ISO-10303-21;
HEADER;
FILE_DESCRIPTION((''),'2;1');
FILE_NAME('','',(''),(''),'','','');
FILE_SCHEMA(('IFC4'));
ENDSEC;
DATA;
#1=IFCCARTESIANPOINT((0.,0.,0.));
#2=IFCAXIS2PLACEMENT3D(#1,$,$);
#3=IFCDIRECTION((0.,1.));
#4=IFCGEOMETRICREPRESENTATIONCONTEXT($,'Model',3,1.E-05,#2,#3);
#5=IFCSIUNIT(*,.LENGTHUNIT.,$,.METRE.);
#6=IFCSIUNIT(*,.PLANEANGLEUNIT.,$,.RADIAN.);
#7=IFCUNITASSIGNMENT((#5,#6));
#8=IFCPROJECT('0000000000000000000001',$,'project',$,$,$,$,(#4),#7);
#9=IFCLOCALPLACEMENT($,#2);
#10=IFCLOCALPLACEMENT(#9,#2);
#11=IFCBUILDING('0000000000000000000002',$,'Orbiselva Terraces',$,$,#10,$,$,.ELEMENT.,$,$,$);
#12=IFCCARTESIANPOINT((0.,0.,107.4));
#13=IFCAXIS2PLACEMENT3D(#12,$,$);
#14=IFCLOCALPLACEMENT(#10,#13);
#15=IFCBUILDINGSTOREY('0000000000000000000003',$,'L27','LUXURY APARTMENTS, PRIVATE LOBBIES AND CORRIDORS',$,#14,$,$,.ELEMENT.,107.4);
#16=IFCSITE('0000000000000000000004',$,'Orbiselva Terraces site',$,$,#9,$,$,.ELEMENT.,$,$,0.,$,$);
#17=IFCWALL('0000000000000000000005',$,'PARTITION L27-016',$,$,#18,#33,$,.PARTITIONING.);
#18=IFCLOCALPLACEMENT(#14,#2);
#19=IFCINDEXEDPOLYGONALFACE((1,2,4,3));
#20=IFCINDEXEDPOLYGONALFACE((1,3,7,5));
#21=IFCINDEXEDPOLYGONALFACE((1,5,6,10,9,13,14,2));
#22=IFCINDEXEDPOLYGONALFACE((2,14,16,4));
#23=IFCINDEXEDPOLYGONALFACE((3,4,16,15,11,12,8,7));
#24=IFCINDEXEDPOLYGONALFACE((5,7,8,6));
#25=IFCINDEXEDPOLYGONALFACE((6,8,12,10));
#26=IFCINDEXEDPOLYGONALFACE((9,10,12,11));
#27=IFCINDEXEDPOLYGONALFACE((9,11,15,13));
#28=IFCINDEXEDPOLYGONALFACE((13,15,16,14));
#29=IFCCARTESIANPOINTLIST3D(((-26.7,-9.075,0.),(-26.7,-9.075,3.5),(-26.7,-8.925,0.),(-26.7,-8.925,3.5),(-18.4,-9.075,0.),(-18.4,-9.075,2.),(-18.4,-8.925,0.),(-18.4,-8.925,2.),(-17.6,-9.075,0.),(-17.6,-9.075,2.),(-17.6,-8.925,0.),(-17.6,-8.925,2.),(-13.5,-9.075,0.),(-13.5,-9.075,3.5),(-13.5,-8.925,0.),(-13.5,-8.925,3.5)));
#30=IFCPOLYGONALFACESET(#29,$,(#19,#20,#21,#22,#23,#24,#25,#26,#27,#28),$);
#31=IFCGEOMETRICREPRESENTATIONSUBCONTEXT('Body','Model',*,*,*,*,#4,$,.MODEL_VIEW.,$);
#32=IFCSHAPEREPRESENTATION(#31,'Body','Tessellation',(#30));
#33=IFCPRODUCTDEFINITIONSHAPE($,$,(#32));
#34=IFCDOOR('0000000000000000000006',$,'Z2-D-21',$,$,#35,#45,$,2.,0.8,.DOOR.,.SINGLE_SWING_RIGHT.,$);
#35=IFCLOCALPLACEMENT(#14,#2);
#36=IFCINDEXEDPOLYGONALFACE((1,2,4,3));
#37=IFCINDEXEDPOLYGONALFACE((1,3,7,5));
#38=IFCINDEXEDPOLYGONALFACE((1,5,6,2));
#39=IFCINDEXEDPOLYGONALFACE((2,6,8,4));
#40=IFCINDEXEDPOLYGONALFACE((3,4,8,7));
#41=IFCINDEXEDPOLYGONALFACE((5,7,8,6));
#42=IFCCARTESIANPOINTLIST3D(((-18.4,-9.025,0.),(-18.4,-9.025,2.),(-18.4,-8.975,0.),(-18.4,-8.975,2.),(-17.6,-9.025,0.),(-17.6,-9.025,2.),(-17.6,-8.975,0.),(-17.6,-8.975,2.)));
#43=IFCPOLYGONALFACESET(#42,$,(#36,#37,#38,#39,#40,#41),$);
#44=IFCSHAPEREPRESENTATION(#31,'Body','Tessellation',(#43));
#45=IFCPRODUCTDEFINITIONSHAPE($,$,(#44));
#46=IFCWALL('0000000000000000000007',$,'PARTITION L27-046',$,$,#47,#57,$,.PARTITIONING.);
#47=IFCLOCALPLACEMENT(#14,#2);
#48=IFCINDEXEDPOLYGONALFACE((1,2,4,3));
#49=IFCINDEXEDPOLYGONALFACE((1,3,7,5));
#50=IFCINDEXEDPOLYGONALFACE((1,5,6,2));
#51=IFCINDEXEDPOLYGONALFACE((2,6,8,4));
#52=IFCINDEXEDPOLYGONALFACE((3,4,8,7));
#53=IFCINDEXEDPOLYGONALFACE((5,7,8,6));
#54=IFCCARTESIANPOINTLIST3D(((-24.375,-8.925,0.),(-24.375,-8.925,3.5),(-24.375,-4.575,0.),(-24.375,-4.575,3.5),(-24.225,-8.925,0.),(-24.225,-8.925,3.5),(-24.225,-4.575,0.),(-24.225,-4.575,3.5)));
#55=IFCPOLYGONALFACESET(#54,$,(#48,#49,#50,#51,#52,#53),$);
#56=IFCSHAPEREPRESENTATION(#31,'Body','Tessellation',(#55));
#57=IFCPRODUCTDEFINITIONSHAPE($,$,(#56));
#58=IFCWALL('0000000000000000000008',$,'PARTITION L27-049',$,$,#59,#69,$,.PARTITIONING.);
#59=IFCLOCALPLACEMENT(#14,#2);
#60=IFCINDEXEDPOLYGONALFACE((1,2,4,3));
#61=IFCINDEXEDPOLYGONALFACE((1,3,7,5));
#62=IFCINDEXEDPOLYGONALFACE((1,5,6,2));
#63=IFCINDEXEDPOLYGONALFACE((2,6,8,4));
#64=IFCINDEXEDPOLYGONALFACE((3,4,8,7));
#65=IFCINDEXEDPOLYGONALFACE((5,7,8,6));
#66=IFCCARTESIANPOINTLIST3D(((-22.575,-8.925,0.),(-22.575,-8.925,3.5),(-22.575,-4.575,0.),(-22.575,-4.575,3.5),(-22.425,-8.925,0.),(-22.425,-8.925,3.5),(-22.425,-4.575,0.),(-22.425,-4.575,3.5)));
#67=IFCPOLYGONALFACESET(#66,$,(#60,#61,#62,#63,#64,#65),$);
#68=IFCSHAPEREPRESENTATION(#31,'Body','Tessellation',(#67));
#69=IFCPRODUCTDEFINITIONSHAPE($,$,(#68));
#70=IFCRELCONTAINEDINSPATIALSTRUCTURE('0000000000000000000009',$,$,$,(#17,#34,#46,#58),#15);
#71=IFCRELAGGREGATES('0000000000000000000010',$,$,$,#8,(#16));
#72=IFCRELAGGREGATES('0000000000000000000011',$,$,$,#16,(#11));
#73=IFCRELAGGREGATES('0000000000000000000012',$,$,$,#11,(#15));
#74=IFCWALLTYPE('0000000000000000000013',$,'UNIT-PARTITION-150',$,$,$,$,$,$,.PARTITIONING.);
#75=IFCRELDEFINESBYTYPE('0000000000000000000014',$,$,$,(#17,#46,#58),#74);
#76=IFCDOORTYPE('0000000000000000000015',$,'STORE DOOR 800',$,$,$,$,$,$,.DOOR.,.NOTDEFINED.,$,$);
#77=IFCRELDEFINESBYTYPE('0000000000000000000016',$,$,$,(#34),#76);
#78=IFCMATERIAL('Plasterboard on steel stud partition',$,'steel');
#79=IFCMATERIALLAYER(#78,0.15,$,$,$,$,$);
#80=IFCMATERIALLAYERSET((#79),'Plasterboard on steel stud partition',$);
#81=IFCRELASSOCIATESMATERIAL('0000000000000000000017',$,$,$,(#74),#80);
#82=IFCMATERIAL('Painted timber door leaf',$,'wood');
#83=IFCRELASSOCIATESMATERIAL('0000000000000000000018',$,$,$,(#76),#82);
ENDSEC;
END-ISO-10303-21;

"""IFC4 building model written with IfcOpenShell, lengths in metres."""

from ifc_helpers import new_model, si_unit, direction, frame, frame_2d, origin, place, context, subcontext, project, spatial, rectangle, extrude, material, layer, layer_set, type_object, element, fill, save


model = new_model("IFC4")

# Units and contexts
model_context = context("Model", 3, precision=1e-05, world=origin(), true_north=direction((0.0, 1.0)))
body_context = subcontext(model_context, "Body", "Model", "MODEL_VIEW")
ifc_project = project(units=[si_unit("LENGTHUNIT", "METRE"), si_unit("PLANEANGLEUNIT", "RADIAN")], contexts=[model_context])

# Site, building, storey
site_placement = place(None, origin())
site = spatial("IfcSite", under=ifc_project, at=site_placement, Name="Orbiselva Terraces site", CompositionType="ELEMENT", RefElevation=0.0)
building_placement = place(site_placement, origin())
building = spatial("IfcBuilding", under=site, at=building_placement, Name="Orbiselva Terraces", CompositionType="ELEMENT")
storey_placement = place(building_placement, frame((0.0, 0.0, 107.4)))
storey = spatial("IfcBuildingStorey", under=building, at=storey_placement, Name="L27", Description="LUXURY APARTMENTS, PRIVATE LOBBIES AND CORRIDORS", CompositionType="ELEMENT", Elevation=107.4)

# Shared definitions
ifc_material_1 = material(Name="Plasterboard on steel stud partition", Category="steel")
ifc_layer_1 = layer(ifc_material_1, 0.15)
ifc_layer_set_1 = layer_set([ifc_layer_1], Name="Plasterboard on steel stud partition")
wall_type_1 = type_object("IfcWallType", Name="UNIT-PARTITION-150", PredefinedType="PARTITIONING", material=ifc_layer_set_1)
ifc_material_2 = material(Name="Painted timber door leaf", Category="wood")

# Wall, opening, door
wall_1_placement = place(storey_placement, frame((-26.7, -9.0, 0.0), z_axis=(0.0, 0.0, 1.0), x_axis=(1.0, 0.0, 0.0)))
wall_1 = element("IfcWall", 1, at=wall_1_placement, inside=storey, type_object=wall_type_1, Name="PARTITION L27-016", PredefinedType="PARTITIONING", context=body_context, shape_type="SweptSolid", body=[
    extrude(rectangle(XDim=13.2, YDim=0.15, at=frame_2d((6.6, 0.0))), origin(), (0.0, 0.0, 1.0), 3.5),
])
opening_1_placement = place(wall_1_placement, frame((8.3, 0.0, 0.0)))
opening_1 = element("IfcOpeningElement", 2, at=opening_1_placement, cuts=wall_1, PredefinedType="OPENING", context=body_context, shape_type="SweptSolid", body=[
    extrude(rectangle(XDim=0.8, YDim=2.0, at=frame_2d((0.4, 1.0))), frame((0.0, 0.085, 0.0), z_axis=(0.0, -1.0, 0.0), x_axis=(1.0, 0.0, 0.0)), (0.0, 0.0, 1.0), 0.17),
])
door_type_1 = type_object("IfcDoorType", Name="STORE DOOR 800", OperationType="NOTDEFINED", PredefinedType="DOOR", material=ifc_material_2)
door_1_placement = place(opening_1_placement, origin())
door_1 = element("IfcDoor", 3, at=door_1_placement, inside=storey, type_object=door_type_1, Name="Z2-D-21", OperationType="SINGLE_SWING_RIGHT", OverallHeight=2.0, OverallWidth=0.8, PredefinedType="DOOR", context=body_context, shape_type="SweptSolid", body=[
    extrude(rectangle(XDim=0.8, YDim=2.0, at=frame_2d((0.4, 1.0))), frame((0.0, 0.025, 0.0), z_axis=(0.0, -1.0, 0.0), x_axis=(1.0, 0.0, 0.0)), (0.0, 0.0, 1.0), 0.05),
])
fill(opening_1, door_1)

# Walls
for number, where, z_axis, x_axis, name in (
    (4, (-24.3, -8.925, 0.0), (0.0, 0.0, 1.0), (0.0, 1.0, 0.0), "PARTITION L27-046"),
    (5, (-22.5, -8.925, 0.0), (0.0, 0.0, 1.0), (0.0, 1.0, 0.0), "PARTITION L27-049"),
):
    element("IfcWall", number, at=place(storey_placement, frame(where, z_axis=z_axis, x_axis=x_axis)), inside=storey, type_object=wall_type_1, Name=name, PredefinedType="PARTITIONING", context=body_context, shape_type="SweptSolid", body=[
        extrude(rectangle(XDim=4.35, YDim=0.15, at=frame_2d((2.175, 0.0))), origin(), (0.0, 0.0, 1.0), 3.5),
    ])

save(model, "model.ifc")
